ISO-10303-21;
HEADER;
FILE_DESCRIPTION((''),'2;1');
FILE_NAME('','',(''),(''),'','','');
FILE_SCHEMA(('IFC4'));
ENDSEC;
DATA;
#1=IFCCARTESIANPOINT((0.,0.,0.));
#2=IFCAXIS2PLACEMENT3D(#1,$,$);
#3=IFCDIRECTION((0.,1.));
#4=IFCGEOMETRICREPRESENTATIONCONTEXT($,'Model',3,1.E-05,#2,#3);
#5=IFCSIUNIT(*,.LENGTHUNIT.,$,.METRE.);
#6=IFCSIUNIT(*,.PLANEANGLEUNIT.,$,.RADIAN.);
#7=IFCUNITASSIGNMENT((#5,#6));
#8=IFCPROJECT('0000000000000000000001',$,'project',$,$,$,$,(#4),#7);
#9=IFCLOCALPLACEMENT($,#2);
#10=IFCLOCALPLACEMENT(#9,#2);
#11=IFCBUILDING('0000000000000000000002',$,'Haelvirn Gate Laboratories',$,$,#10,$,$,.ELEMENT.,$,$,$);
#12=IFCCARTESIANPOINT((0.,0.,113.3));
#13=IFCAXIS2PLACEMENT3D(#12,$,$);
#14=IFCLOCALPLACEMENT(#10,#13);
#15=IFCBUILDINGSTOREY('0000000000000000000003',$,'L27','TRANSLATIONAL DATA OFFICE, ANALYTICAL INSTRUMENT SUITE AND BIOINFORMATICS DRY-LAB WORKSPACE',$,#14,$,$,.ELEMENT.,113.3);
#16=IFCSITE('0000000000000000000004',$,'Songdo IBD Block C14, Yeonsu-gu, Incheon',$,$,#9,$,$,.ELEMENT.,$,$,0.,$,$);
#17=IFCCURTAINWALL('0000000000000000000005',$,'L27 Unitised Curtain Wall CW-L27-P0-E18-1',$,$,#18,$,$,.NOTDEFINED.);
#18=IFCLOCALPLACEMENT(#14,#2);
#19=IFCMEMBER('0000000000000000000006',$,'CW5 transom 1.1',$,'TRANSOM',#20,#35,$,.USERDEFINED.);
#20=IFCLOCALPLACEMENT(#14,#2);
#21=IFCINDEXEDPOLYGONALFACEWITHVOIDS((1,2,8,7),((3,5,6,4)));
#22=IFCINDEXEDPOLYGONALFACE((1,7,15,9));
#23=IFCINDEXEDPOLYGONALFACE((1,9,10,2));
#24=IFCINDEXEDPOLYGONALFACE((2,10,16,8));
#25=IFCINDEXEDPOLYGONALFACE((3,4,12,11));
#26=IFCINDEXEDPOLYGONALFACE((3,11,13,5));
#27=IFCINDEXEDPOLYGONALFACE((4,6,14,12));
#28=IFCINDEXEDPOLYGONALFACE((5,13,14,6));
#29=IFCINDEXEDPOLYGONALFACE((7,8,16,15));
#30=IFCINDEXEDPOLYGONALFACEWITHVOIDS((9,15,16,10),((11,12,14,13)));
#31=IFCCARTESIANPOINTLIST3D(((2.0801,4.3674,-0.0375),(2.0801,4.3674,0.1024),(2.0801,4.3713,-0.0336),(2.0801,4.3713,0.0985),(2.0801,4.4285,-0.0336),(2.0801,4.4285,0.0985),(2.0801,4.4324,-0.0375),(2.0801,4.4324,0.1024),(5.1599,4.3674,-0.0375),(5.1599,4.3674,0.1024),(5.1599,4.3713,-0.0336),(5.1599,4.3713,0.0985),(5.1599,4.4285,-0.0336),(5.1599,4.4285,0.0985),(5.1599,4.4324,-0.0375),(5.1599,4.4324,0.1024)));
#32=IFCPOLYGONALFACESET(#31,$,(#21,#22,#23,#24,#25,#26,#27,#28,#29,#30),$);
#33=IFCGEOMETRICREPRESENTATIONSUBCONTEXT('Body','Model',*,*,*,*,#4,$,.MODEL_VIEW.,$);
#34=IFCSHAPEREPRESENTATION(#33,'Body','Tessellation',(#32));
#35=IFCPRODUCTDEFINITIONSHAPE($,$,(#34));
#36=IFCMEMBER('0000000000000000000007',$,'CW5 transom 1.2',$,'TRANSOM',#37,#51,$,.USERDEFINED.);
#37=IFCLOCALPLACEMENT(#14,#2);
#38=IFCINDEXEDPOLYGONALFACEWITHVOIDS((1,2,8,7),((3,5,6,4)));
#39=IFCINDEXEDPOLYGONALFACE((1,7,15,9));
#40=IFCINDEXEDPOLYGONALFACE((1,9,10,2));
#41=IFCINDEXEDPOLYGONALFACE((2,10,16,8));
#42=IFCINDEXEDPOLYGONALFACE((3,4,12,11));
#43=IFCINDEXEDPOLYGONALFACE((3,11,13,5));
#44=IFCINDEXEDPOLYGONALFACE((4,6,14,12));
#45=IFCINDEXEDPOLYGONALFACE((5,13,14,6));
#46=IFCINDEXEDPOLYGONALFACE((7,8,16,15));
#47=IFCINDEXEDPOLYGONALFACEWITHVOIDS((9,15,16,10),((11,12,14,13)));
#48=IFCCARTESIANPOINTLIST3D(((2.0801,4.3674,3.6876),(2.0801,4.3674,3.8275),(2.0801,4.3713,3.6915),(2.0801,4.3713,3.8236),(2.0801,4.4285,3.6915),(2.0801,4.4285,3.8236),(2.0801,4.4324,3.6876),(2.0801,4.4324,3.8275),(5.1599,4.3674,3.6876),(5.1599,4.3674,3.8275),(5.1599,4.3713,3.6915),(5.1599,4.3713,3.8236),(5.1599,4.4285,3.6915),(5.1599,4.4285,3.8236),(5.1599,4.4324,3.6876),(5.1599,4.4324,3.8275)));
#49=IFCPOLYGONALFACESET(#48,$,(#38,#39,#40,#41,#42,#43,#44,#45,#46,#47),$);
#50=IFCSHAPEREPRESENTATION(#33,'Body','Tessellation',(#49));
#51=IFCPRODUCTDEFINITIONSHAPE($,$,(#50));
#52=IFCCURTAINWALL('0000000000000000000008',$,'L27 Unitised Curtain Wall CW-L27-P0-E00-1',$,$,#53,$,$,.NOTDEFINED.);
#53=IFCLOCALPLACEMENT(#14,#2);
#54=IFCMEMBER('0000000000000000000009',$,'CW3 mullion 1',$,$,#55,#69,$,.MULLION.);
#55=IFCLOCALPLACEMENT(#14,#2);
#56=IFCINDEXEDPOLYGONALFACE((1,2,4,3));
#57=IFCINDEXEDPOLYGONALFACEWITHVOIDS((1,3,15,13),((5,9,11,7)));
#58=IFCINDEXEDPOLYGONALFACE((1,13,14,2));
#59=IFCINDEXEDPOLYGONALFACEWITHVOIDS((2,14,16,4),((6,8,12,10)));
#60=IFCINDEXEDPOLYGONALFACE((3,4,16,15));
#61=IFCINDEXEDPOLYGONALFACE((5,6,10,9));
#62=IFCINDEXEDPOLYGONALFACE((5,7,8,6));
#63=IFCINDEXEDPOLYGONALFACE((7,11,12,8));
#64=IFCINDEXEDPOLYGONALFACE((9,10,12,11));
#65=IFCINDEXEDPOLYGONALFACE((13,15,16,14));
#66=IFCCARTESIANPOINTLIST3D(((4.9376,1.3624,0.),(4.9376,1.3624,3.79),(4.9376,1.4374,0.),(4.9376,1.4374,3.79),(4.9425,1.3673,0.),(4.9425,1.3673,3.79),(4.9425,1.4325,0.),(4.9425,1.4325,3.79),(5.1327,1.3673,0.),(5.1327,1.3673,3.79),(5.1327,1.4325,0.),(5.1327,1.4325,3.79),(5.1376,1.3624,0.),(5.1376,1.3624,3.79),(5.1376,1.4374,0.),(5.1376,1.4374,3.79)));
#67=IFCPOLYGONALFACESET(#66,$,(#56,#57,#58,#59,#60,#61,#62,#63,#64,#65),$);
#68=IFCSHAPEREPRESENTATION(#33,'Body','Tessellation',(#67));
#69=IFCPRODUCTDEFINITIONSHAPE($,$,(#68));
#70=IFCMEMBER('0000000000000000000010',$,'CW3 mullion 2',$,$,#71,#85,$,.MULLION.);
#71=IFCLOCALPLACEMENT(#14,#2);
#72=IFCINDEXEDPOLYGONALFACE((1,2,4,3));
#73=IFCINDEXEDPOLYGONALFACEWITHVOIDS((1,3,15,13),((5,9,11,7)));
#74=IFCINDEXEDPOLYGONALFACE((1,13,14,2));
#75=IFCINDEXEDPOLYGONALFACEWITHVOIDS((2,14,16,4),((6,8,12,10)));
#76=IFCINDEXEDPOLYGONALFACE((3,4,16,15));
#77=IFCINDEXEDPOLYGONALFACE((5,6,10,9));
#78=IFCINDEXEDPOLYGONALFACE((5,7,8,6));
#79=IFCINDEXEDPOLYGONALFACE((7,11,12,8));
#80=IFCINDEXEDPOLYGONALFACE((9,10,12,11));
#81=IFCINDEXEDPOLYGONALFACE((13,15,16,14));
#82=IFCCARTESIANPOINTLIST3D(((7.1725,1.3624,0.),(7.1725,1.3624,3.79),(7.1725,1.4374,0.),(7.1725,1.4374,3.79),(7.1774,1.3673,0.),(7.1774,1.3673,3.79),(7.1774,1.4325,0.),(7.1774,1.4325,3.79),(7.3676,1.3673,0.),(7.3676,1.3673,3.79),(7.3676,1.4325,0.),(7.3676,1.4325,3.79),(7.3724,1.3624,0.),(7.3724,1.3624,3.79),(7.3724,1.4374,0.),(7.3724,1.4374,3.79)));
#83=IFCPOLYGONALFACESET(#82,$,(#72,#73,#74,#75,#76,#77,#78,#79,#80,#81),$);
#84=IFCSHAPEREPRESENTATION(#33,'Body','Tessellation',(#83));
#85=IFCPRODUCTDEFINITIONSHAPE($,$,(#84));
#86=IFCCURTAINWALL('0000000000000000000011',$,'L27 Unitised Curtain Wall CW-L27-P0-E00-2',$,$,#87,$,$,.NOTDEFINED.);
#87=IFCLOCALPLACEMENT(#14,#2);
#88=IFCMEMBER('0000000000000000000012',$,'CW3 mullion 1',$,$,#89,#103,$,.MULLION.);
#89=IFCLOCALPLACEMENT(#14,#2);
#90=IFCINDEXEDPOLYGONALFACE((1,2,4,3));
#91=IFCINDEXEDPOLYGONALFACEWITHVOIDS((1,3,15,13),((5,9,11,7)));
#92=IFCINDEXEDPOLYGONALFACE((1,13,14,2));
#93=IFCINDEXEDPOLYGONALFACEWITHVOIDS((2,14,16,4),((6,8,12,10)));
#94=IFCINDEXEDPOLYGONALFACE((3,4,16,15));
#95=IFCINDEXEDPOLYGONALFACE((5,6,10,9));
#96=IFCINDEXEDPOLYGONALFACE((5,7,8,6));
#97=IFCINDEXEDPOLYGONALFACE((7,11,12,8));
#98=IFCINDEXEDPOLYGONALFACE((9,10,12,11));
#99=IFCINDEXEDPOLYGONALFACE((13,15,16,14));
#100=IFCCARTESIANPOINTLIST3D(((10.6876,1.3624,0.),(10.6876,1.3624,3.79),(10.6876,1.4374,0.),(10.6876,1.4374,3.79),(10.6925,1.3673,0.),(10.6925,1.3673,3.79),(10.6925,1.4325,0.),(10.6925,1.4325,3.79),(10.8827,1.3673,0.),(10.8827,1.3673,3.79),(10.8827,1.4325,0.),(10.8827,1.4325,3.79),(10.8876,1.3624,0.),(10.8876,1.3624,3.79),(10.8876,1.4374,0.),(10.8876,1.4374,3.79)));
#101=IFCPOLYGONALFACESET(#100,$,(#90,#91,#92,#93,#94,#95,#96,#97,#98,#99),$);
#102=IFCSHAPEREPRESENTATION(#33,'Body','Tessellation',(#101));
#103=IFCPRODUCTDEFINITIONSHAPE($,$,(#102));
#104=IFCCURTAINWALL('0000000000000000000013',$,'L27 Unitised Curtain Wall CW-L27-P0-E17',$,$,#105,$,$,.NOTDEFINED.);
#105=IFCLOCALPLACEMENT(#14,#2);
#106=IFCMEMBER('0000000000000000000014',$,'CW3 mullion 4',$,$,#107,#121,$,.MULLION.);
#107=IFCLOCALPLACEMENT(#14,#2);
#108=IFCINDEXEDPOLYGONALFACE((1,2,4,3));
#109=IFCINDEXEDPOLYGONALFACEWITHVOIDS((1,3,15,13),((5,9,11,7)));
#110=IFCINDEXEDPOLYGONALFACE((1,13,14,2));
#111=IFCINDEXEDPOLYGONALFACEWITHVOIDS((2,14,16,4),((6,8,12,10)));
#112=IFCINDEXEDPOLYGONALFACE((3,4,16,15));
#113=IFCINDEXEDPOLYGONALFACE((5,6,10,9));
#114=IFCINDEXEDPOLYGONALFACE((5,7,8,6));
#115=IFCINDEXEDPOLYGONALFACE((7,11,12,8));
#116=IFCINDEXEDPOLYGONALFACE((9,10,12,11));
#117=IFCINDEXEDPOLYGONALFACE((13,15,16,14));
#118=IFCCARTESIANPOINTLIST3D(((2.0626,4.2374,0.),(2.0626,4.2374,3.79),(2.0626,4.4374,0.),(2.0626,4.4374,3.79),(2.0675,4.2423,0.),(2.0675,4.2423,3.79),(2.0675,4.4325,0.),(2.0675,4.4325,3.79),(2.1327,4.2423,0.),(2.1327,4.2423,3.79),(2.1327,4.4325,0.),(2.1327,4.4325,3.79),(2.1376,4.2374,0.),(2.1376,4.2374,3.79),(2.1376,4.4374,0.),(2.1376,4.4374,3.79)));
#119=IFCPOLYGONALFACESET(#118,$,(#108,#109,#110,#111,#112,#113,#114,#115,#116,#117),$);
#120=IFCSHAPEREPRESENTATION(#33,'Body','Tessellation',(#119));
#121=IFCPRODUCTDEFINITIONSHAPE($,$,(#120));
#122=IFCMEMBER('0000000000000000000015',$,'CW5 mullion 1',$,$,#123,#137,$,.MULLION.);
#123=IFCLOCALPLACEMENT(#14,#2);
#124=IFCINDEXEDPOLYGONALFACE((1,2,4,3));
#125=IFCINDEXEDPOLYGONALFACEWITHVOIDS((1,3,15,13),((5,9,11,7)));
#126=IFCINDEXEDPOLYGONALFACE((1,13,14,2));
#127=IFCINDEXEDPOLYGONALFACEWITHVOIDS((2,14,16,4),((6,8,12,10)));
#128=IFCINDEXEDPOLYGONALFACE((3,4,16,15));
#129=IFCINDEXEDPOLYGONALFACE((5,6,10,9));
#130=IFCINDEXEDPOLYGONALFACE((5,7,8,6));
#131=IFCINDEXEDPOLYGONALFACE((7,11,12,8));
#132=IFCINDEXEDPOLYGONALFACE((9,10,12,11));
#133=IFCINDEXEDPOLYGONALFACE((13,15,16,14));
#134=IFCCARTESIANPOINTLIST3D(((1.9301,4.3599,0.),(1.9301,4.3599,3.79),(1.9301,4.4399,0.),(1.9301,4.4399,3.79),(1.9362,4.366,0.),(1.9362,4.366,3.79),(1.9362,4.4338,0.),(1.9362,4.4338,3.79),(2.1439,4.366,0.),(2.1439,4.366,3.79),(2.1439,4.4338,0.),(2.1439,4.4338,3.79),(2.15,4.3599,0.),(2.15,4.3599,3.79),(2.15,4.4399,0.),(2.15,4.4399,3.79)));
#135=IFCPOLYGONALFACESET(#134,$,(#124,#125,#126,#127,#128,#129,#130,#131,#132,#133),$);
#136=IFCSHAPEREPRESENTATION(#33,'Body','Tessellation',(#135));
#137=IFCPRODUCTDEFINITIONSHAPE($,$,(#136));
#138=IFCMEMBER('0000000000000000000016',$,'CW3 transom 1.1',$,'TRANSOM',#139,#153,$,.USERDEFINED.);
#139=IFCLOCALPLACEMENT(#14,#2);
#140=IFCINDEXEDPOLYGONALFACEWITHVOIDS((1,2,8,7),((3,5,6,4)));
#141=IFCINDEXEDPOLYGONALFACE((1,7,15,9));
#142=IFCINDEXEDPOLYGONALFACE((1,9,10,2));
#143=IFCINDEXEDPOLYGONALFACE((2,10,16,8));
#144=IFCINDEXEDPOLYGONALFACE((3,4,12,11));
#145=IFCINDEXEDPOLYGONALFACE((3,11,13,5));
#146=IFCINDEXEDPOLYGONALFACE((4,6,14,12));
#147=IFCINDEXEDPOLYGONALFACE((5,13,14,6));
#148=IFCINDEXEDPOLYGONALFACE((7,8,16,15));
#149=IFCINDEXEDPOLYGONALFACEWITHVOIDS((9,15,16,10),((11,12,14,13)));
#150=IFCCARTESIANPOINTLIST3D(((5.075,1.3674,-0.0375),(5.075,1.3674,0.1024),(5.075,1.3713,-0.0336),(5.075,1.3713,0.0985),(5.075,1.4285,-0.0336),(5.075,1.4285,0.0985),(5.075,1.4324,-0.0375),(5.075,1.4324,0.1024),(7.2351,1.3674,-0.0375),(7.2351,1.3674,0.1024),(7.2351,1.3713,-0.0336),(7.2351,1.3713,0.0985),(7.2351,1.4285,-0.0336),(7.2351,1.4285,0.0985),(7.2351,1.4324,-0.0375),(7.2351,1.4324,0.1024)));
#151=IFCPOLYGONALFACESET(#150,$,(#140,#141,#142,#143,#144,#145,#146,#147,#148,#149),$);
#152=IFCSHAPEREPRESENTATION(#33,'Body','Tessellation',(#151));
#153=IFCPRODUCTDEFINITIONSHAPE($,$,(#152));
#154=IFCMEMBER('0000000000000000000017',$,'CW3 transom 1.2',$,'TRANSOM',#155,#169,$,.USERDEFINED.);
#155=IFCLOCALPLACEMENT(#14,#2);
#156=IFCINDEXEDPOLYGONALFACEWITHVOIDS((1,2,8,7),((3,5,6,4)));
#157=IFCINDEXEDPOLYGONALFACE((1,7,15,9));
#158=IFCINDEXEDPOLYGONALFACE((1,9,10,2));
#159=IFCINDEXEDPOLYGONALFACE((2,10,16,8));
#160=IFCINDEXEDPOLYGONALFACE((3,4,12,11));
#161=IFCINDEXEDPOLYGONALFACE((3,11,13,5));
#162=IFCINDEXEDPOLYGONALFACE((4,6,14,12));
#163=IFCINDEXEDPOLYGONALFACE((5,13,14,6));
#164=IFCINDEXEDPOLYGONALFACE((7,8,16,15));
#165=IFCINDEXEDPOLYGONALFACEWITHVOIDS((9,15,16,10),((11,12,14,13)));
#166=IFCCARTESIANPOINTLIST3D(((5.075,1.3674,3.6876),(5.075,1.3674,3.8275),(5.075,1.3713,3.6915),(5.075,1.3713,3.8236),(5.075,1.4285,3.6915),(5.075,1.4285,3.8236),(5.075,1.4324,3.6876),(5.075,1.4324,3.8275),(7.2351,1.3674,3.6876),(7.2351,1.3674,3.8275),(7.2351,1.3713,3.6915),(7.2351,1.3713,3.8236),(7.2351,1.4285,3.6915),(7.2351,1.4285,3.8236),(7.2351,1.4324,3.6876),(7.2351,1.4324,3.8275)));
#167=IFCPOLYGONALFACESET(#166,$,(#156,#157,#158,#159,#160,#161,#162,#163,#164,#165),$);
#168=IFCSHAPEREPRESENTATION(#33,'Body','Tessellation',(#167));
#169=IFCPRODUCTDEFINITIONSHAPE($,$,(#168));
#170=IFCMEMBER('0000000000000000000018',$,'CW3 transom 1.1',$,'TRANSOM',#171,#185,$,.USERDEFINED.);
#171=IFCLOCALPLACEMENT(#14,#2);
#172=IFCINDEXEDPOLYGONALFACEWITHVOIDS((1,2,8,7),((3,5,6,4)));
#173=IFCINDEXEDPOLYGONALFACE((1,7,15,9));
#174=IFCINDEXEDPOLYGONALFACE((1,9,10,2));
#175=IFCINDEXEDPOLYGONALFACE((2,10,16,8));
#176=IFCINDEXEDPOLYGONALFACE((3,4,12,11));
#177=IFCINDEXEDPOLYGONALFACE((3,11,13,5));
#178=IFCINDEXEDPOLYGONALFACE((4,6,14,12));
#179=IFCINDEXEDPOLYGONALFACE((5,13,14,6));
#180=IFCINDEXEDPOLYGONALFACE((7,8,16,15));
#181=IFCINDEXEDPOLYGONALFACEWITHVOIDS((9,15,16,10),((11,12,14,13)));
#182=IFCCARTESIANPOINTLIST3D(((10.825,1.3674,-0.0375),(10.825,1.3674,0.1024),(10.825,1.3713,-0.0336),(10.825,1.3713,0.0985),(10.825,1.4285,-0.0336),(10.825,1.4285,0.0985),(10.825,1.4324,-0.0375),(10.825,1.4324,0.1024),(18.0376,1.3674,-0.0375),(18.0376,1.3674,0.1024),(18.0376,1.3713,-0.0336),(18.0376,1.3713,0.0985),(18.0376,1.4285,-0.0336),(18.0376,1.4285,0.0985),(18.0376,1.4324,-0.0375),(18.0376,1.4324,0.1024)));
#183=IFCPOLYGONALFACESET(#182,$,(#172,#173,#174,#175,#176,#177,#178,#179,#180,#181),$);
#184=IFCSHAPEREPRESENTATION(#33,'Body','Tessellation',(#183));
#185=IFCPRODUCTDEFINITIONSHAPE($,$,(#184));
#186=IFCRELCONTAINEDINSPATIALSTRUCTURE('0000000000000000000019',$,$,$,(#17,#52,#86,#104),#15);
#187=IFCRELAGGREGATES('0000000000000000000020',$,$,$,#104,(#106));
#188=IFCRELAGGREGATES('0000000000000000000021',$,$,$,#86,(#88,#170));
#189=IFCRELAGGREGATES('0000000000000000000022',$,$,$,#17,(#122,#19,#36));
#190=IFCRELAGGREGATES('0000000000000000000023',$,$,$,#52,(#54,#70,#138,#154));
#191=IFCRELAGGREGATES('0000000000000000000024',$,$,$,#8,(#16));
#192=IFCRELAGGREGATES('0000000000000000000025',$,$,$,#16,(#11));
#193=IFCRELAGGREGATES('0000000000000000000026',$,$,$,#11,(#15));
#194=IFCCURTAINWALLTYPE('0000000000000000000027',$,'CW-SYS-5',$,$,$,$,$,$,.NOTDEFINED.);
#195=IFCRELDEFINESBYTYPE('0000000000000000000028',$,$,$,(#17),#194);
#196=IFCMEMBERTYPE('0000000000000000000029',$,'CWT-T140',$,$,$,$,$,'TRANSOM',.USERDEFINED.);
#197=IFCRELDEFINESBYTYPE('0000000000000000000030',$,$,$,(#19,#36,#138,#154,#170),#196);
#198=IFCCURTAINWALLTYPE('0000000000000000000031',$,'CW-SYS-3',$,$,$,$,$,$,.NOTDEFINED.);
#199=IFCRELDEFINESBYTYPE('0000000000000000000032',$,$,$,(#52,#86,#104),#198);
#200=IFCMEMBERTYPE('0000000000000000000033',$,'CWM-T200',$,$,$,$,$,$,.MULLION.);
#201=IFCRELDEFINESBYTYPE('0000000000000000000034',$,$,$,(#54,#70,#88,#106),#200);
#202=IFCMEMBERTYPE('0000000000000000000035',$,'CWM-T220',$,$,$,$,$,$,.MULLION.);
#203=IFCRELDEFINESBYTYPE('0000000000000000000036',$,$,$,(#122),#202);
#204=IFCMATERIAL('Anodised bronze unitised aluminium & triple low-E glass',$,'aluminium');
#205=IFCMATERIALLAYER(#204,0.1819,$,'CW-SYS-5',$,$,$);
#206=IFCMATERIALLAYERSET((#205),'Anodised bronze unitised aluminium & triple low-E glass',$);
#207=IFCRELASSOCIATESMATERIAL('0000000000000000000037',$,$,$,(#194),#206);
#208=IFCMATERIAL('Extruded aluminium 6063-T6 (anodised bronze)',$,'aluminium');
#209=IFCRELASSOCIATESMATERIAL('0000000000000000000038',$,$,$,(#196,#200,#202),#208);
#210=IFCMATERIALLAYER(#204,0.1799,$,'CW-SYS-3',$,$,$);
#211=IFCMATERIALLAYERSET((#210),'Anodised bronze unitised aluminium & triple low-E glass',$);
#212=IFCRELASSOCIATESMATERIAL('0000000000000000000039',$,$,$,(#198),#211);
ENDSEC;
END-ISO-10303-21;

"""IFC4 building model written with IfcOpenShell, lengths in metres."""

from ifc_helpers import new_model, si_unit, direction, frame, origin, origin_2d, place, context, subcontext, project, spatial, hollow_rectangle, extrude, source, transform, mapped, material, layer, layer_set, material_profile, profile_set, type_object, type_shapes, element, aggregate, save


model = new_model("IFC4")

# Units and contexts
model_context = context("Model", 3, precision=1e-05, world=origin(), true_north=direction((0.0, 1.0)))
body_context = subcontext(model_context, "Body", "Model", "MODEL_VIEW")
ifc_project = project(units=[si_unit("LENGTHUNIT", "METRE"), si_unit("PLANEANGLEUNIT", "RADIAN")], contexts=[model_context])

# Site, building, storey
site_placement = place(None, origin())
site = spatial("IfcSite", under=ifc_project, at=site_placement, Name="Songdo IBD Block C14, Yeonsu-gu, Incheon", CompositionType="ELEMENT", RefElevation=0.0)
building_placement = place(site_placement, origin())
building = spatial("IfcBuilding", under=site, at=building_placement, Name="Haelvirn Gate Laboratories", CompositionType="ELEMENT")
storey_placement = place(building_placement, frame((0.0, 0.0, 113.3)))
storey = spatial("IfcBuildingStorey", under=building, at=storey_placement, Name="L27", Description="TRANSLATIONAL DATA OFFICE, ANALYTICAL INSTRUMENT SUITE AND BIOINFORMATICS DRY-LAB WORKSPACE", CompositionType="ELEMENT", Elevation=113.3)

# Curtain walls, members
ifc_material_1 = material(Name="Anodised bronze unitised aluminium & triple low-E glass", Category="aluminium")
ifc_layer_1 = layer(ifc_material_1, 0.1819, Name="CW-SYS-5")
ifc_layer_set_1 = layer_set([ifc_layer_1], Name="Anodised bronze unitised aluminium & triple low-E glass")
curtain_wall_type_1 = type_object("IfcCurtainWallType", Name="CW-SYS-5", PredefinedType="NOTDEFINED", material=ifc_layer_set_1)
curtain_wall_1_placement = place(storey_placement, origin())
curtain_wall_1 = element("IfcCurtainWall", 1, at=curtain_wall_1_placement, inside=storey, type_object=curtain_wall_type_1, Name="L27 Unitised Curtain Wall CW-L27-P0-E18-1", PredefinedType="NOTDEFINED")
ifc_material_2 = material(Name="Extruded aluminium 6063-T6 (anodised bronze)", Category="aluminium")
ifc_material_profile_1 = material_profile(ifc_material_2, hollow_rectangle(XDim=0.0649, YDim=0.1399, WallThickness=0.0039, at=origin_2d()), Name="CWT-140x65x4")
ifc_profile_set_1 = profile_set([ifc_material_profile_1], Name="Extruded aluminium 6063-T6 (anodised bronze)")
member_type_1 = type_object("IfcMemberType", Name="CWT-T140", ElementType="TRANSOM", PredefinedType="USERDEFINED", material=ifc_profile_set_1)
shared_shape_1 = source(origin(), body_context, "Body", "SweptSolid", [
    extrude(hollow_rectangle(XDim=0.0649, YDim=0.1399, WallThickness=0.0039, at=origin_2d()), origin(), (0.0, 0.0, 1.0), 3.0798),
])
member_1_placement = place(storey_placement, frame((2.0801, 4.3999, 0.0325), z_axis=(1.0, 0.0, 0.0), x_axis=(0.0, 1.0, 0.0)))
member_1 = element("IfcMember", 2, at=member_1_placement, type_object=member_type_1, Name="CW5 transom 1.1", ObjectType="TRANSOM", PredefinedType="USERDEFINED", context=body_context, shape_type="MappedRepresentation", body=[
    mapped(shared_shape_1, transform((0.0, 0.0, 0.0), scale=1.0)),
])
member_2_placement = place(storey_placement, frame((2.0801, 4.3999, 3.7576), z_axis=(1.0, 0.0, 0.0), x_axis=(0.0, 1.0, 0.0)))
member_2 = element("IfcMember", 3, at=member_2_placement, type_object=member_type_1, Name="CW5 transom 1.2", ObjectType="TRANSOM", PredefinedType="USERDEFINED", context=body_context, shape_type="MappedRepresentation", body=[
    mapped(shared_shape_1, transform((0.0, 0.0, 0.0), scale=1.0)),
])
ifc_layer_2 = layer(ifc_material_1, 0.1799, Name="CW-SYS-3")
ifc_layer_set_2 = layer_set([ifc_layer_2], Name="Anodised bronze unitised aluminium & triple low-E glass")
curtain_wall_type_2 = type_object("IfcCurtainWallType", Name="CW-SYS-3", PredefinedType="NOTDEFINED", material=ifc_layer_set_2)
curtain_wall_2_placement = place(storey_placement, origin())
curtain_wall_2 = element("IfcCurtainWall", 4, at=curtain_wall_2_placement, inside=storey, type_object=curtain_wall_type_2, Name="L27 Unitised Curtain Wall CW-L27-P0-E00-1", PredefinedType="NOTDEFINED")
ifc_material_profile_2 = material_profile(ifc_material_2, hollow_rectangle(XDim=0.075, YDim=0.2, WallThickness=0.0049, at=origin_2d()), Name="CWM-200x75x5")
ifc_profile_set_2 = profile_set([ifc_material_profile_2], Name="Extruded aluminium 6063-T6 (anodised bronze)")
member_type_2 = type_object("IfcMemberType", Name="CWM-T200", PredefinedType="MULLION", material=ifc_profile_set_2)
shared_shape_2 = source(origin(), body_context, "Body", "SweptSolid", [
    extrude(hollow_rectangle(XDim=0.075, YDim=0.2, WallThickness=0.0049, at=origin_2d()), origin(), (0.0, 0.0, 1.0), 3.79),
])
type_shapes(member_type_2, [shared_shape_2])
member_3_placement = place(storey_placement, frame((5.0376, 1.3999, 0.0), z_axis=(0.0, 0.0, 1.0), x_axis=(0.0, 1.0, 0.0)))
member_3 = element("IfcMember", 5, at=member_3_placement, type_object=member_type_2, Name="CW3 mullion 1", PredefinedType="MULLION", context=body_context, shape_type="MappedRepresentation", body=[
    mapped(shared_shape_2, transform((0.0, 0.0, 0.0), scale=1.0)),
])
member_4_placement = place(storey_placement, frame((7.2725, 1.3999, 0.0), z_axis=(0.0, 0.0, 1.0), x_axis=(0.0, 1.0, 0.0)))
member_4 = element("IfcMember", 6, at=member_4_placement, type_object=member_type_2, Name="CW3 mullion 2", PredefinedType="MULLION", context=body_context, shape_type="MappedRepresentation", body=[
    mapped(shared_shape_2, transform((0.0, 0.0, 0.0), scale=1.0)),
])

# Curtain walls, members
curtain_wall_3_placement = place(storey_placement, origin())
curtain_wall_3 = element("IfcCurtainWall", 7, at=curtain_wall_3_placement, inside=storey, type_object=curtain_wall_type_2, Name="L27 Unitised Curtain Wall CW-L27-P0-E00-2", PredefinedType="NOTDEFINED")
member_5_placement = place(storey_placement, frame((10.7876, 1.3999, 0.0), z_axis=(0.0, 0.0, 1.0), x_axis=(0.0, 1.0, 0.0)))
member_5 = element("IfcMember", 8, at=member_5_placement, type_object=member_type_2, Name="CW3 mullion 1", PredefinedType="MULLION", context=body_context, shape_type="MappedRepresentation", body=[
    mapped(shared_shape_2, transform((0.0, 0.0, 0.0), scale=1.0)),
])
curtain_wall_4_placement = place(storey_placement, origin())
curtain_wall_4 = element("IfcCurtainWall", 9, at=curtain_wall_4_placement, inside=storey, type_object=curtain_wall_type_2, Name="L27 Unitised Curtain Wall CW-L27-P0-E17", PredefinedType="NOTDEFINED")
member_6_placement = place(storey_placement, frame((2.1001, 4.3374, 0.0), z_axis=(0.0, 0.0, 1.0), x_axis=(1.0, 0.0, 0.0)))
member_6 = element("IfcMember", 10, at=member_6_placement, type_object=member_type_2, Name="CW3 mullion 4", PredefinedType="MULLION", context=body_context, shape_type="MappedRepresentation", body=[
    mapped(shared_shape_2, transform((0.0, 0.0, 0.0), scale=1.0)),
])
aggregate(curtain_wall_4, [member_6])

# Members
ifc_material_profile_3 = material_profile(ifc_material_2, hollow_rectangle(XDim=0.0801, YDim=0.22, WallThickness=0.0061, at=origin_2d()), Name="CWM-220x80x6")
ifc_profile_set_3 = profile_set([ifc_material_profile_3], Name="Extruded aluminium 6063-T6 (anodised bronze)")
member_type_3 = type_object("IfcMemberType", Name="CWM-T220", PredefinedType="MULLION", material=ifc_profile_set_3)
shared_shape_3 = source(origin(), body_context, "Body", "SweptSolid", [
    extrude(hollow_rectangle(XDim=0.0801, YDim=0.22, WallThickness=0.0061, at=origin_2d()), origin(), (0.0, 0.0, 1.0), 3.79),
])
type_shapes(member_type_3, [shared_shape_3])
member_7_placement = place(storey_placement, frame((2.04, 4.3999, 0.0), z_axis=(0.0, 0.0, 1.0), x_axis=(0.0, 1.0, 0.0)))
member_7 = element("IfcMember", 11, at=member_7_placement, type_object=member_type_3, Name="CW5 mullion 1", PredefinedType="MULLION", context=body_context, shape_type="MappedRepresentation", body=[
    mapped(shared_shape_3, transform((0.0, 0.0, 0.0), scale=1.0)),
])
shared_shape_4 = source(origin(), body_context, "Body", "SweptSolid", [
    extrude(hollow_rectangle(XDim=0.0649, YDim=0.1399, WallThickness=0.0039, at=origin_2d()), origin(), (0.0, 0.0, 1.0), 2.1602),
])
member_8_placement = place(storey_placement, frame((5.075, 1.3999, 0.0325), z_axis=(1.0, 0.0, 0.0), x_axis=(0.0, 1.0, 0.0)))
member_8 = element("IfcMember", 12, at=member_8_placement, type_object=member_type_1, Name="CW3 transom 1.1", ObjectType="TRANSOM", PredefinedType="USERDEFINED", context=body_context, shape_type="MappedRepresentation", body=[
    mapped(shared_shape_4, transform((0.0, 0.0, 0.0), scale=1.0)),
])
member_9_placement = place(storey_placement, frame((5.075, 1.3999, 3.7576), z_axis=(1.0, 0.0, 0.0), x_axis=(0.0, 1.0, 0.0)))
member_9 = element("IfcMember", 13, at=member_9_placement, type_object=member_type_1, Name="CW3 transom 1.2", ObjectType="TRANSOM", PredefinedType="USERDEFINED", context=body_context, shape_type="MappedRepresentation", body=[
    mapped(shared_shape_4, transform((0.0, 0.0, 0.0), scale=1.0)),
])
shared_shape_5 = source(origin(), body_context, "Body", "SweptSolid", [
    extrude(hollow_rectangle(XDim=0.0649, YDim=0.1399, WallThickness=0.0039, at=origin_2d()), origin(), (0.0, 0.0, 1.0), 7.2126),
])
type_shapes(member_type_1, [shared_shape_1, shared_shape_4, shared_shape_5])
member_10_placement = place(storey_placement, frame((10.825, 1.3999, 0.0325), z_axis=(1.0, 0.0, 0.0), x_axis=(0.0, 1.0, 0.0)))
member_10 = element("IfcMember", 14, at=member_10_placement, type_object=member_type_1, Name="CW3 transom 1.1", ObjectType="TRANSOM", PredefinedType="USERDEFINED", context=body_context, shape_type="MappedRepresentation", body=[
    mapped(shared_shape_5, transform((0.0, 0.0, 0.0), scale=1.0)),
])
aggregate(curtain_wall_3, [member_5, member_10])

aggregate(curtain_wall_1, [member_7, member_1, member_2])
aggregate(curtain_wall_2, [member_3, member_4, member_8, member_9])

save(model, "model.ifc")
